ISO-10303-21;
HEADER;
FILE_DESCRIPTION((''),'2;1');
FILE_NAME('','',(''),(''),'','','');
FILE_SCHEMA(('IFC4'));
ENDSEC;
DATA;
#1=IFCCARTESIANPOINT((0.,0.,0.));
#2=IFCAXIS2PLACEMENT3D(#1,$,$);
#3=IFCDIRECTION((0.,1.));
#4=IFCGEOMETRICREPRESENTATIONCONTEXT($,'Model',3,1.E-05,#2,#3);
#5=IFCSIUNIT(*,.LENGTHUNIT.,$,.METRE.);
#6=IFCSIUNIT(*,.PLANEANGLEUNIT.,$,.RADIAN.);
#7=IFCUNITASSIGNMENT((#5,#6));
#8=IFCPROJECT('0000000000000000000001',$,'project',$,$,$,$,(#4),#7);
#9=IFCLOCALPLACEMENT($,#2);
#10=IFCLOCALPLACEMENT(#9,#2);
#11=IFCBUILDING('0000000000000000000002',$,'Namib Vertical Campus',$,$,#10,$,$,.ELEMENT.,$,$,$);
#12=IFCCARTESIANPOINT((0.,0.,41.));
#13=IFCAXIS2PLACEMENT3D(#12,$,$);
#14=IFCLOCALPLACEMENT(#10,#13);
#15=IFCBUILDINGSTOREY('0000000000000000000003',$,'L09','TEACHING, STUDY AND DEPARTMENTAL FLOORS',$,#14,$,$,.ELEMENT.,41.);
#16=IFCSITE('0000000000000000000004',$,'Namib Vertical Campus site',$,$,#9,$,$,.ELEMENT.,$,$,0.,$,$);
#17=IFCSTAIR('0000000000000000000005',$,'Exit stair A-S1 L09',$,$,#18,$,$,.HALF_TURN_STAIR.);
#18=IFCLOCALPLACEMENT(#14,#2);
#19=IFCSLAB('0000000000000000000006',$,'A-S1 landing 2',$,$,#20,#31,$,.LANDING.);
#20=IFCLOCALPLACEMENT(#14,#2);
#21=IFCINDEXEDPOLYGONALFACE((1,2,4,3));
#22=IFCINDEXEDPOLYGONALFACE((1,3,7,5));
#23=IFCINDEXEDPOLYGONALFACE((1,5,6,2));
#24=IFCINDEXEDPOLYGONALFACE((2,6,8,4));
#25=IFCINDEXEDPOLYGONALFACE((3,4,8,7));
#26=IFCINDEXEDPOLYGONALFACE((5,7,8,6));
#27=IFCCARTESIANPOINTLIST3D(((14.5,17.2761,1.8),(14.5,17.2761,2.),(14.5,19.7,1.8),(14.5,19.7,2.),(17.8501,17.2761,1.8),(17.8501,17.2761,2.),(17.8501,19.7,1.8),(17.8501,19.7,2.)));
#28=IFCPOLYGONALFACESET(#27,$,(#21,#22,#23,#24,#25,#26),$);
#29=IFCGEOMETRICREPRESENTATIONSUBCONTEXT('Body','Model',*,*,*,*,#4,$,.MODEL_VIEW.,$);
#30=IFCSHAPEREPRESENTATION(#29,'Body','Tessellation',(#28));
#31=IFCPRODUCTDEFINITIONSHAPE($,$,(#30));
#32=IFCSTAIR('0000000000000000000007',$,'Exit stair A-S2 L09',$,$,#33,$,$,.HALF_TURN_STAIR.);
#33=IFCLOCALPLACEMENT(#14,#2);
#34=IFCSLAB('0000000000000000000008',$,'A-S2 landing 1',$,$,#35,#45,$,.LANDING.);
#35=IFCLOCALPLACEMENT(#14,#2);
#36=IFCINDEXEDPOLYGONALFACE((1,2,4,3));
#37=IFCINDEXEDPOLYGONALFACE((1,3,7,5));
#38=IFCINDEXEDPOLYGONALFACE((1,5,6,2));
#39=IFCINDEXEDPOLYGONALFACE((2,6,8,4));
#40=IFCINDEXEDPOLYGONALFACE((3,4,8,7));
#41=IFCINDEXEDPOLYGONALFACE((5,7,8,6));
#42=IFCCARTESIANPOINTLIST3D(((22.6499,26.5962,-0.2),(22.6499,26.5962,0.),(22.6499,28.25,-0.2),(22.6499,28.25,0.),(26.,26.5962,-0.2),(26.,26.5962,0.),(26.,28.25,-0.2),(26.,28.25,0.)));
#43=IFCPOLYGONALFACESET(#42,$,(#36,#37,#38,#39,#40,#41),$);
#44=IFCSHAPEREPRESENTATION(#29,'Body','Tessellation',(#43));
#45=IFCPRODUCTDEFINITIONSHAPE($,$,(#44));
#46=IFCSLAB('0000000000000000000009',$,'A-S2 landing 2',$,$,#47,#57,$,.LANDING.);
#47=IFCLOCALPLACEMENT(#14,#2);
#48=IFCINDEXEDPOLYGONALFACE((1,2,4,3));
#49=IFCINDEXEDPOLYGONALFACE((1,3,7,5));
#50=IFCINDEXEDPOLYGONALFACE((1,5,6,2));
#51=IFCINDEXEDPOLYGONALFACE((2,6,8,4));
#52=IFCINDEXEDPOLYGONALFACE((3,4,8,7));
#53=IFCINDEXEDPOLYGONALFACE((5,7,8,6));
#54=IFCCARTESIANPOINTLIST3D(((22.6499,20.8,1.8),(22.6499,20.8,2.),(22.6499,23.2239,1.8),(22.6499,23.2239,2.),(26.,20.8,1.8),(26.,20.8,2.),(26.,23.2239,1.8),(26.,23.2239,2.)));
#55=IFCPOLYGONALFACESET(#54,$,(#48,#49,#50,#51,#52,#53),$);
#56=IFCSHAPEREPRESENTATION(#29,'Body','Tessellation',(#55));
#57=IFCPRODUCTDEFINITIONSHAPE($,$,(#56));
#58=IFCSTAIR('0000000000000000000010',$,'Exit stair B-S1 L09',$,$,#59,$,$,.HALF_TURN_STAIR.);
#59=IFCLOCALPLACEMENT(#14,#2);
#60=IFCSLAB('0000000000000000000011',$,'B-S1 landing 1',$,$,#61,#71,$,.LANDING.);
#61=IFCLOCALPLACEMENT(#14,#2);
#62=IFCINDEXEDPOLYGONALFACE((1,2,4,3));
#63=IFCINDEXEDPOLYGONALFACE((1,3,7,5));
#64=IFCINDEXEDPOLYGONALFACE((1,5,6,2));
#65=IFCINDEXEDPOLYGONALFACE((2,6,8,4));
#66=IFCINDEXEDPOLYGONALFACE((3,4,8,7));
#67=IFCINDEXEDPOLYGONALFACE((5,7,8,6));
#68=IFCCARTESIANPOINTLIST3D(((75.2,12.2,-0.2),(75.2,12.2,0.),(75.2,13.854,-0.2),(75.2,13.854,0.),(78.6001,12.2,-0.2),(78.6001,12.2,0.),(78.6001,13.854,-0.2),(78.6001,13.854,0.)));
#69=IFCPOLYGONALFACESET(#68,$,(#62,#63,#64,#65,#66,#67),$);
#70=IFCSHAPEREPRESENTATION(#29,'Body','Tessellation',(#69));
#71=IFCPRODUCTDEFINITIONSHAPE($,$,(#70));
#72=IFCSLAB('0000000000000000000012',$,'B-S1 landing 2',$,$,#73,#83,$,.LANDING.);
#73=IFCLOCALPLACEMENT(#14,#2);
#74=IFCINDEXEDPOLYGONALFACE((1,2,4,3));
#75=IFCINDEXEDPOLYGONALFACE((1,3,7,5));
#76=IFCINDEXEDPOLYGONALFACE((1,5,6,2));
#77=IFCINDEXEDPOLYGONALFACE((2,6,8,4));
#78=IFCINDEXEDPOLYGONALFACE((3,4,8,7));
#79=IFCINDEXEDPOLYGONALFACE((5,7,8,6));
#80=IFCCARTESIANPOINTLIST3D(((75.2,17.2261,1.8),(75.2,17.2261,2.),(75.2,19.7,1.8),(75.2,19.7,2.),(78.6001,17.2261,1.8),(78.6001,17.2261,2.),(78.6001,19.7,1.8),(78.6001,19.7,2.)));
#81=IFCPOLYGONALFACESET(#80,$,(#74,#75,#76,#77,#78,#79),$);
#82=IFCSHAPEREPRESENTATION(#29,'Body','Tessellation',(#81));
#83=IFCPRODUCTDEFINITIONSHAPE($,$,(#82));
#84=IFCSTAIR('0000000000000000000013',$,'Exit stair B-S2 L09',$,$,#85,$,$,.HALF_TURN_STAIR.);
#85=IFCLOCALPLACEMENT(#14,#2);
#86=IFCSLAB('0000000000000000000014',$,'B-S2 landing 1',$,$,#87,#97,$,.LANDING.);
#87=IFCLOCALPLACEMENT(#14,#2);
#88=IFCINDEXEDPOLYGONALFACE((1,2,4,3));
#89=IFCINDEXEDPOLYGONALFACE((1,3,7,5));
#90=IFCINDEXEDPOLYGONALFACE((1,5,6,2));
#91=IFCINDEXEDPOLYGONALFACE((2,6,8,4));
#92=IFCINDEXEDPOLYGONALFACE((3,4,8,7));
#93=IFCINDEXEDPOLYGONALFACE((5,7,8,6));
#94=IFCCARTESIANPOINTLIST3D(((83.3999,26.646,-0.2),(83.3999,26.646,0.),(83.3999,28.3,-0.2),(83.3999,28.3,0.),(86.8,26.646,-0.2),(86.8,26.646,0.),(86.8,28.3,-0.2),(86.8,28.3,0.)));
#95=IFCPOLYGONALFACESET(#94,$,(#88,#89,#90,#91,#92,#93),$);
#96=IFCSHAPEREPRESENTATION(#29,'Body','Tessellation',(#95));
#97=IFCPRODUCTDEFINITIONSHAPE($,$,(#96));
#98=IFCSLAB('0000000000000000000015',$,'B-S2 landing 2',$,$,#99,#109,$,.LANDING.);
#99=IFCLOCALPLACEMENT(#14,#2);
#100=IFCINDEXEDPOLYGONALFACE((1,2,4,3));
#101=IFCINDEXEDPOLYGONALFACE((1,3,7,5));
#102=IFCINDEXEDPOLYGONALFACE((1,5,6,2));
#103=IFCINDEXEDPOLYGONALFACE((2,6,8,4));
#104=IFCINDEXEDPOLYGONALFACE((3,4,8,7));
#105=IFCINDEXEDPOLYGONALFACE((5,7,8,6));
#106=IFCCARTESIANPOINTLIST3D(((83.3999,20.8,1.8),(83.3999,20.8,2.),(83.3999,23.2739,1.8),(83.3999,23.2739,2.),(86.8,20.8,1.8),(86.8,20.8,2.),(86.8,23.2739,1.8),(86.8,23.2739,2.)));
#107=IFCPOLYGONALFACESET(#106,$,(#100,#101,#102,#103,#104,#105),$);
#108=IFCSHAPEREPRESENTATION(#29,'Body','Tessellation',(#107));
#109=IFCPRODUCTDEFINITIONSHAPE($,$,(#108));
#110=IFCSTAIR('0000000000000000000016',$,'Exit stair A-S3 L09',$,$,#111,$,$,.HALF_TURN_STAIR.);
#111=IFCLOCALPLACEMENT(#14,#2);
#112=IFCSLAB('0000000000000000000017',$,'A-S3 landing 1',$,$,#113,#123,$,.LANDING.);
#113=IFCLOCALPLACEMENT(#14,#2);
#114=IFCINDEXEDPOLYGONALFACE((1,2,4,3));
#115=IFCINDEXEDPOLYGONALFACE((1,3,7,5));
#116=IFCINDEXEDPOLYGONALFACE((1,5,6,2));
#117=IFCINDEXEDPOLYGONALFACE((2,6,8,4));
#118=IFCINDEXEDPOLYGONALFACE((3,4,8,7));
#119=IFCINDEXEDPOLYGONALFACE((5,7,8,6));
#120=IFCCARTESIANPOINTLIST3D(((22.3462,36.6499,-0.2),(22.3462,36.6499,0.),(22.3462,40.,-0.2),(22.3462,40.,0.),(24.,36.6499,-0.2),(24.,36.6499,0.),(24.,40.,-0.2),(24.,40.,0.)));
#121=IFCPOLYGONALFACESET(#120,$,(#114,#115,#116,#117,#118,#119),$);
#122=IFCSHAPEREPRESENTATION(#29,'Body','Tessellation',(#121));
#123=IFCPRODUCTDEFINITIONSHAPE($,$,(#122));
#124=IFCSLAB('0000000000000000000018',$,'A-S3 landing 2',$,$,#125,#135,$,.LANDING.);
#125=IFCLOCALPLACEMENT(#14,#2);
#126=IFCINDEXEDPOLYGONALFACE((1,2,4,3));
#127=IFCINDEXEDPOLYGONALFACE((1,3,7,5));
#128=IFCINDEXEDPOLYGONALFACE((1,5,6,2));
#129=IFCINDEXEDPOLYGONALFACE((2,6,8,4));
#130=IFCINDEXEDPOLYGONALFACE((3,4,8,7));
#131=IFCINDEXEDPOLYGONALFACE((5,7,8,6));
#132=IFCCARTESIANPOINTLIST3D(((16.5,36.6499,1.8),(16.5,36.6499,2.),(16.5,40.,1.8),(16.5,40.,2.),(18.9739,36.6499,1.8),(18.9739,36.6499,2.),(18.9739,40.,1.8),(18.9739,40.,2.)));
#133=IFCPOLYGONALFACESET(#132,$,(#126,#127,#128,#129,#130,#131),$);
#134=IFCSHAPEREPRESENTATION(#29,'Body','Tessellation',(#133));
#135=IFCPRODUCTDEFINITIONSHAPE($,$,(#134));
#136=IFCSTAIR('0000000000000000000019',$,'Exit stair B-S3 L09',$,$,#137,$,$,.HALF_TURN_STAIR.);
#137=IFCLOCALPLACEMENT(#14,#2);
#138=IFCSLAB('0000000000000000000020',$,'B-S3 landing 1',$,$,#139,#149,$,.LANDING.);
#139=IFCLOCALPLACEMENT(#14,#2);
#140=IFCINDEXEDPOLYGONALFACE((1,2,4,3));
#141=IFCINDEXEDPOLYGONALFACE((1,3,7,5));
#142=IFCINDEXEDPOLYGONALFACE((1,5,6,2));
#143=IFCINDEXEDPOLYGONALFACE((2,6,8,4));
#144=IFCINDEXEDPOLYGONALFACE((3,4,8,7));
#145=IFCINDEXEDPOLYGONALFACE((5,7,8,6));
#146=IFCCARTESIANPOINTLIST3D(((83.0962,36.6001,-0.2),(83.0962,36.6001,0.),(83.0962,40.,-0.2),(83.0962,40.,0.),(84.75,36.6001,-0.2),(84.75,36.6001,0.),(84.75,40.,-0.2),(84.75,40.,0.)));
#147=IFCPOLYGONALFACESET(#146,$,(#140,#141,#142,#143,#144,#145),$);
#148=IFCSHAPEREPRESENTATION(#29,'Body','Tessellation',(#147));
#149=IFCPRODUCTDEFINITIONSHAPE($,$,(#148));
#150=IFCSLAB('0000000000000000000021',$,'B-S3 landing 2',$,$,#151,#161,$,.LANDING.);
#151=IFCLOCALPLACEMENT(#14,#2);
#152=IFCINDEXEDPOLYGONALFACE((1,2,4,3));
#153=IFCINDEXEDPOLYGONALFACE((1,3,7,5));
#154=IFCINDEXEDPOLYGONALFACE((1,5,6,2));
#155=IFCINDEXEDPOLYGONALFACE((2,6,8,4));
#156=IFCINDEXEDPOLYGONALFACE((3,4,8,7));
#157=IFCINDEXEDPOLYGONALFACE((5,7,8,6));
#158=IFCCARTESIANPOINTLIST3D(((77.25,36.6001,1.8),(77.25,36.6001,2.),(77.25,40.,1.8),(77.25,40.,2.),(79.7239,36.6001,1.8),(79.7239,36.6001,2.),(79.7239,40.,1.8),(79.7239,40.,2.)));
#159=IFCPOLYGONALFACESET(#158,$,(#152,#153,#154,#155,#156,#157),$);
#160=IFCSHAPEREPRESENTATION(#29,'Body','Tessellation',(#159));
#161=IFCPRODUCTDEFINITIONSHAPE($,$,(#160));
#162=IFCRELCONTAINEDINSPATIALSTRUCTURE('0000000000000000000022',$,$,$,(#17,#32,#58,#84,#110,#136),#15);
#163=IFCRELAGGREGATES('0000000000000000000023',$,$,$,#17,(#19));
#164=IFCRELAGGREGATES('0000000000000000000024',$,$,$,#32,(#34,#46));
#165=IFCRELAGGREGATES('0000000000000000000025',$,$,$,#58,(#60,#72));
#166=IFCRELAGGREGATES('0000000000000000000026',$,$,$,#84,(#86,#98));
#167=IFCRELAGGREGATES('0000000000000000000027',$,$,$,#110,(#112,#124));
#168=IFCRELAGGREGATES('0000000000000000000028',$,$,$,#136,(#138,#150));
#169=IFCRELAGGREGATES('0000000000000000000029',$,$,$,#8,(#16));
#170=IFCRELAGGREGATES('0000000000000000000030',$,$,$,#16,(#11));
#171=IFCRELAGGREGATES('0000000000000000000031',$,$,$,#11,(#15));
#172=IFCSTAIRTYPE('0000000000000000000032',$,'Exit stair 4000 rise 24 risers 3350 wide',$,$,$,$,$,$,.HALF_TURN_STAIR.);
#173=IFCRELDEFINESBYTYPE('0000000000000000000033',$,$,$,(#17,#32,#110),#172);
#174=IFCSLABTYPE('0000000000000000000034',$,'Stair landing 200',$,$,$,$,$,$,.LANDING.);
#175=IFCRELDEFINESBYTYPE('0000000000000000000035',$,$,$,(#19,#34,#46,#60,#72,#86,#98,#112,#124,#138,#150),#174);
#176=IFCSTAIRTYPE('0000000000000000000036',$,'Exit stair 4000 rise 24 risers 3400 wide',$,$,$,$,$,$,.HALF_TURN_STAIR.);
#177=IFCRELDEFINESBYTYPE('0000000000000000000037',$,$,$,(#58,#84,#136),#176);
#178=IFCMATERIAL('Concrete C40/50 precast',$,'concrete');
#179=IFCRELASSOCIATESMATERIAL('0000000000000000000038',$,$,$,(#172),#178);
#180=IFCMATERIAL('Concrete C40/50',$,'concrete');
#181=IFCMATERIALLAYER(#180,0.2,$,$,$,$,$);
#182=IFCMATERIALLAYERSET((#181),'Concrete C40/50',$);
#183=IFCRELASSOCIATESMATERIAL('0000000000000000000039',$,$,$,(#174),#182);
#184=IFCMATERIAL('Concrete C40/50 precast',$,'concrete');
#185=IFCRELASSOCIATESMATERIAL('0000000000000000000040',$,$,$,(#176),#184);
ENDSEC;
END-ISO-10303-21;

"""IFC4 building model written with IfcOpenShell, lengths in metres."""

from ifc_helpers import new_model, si_unit, direction, frame, origin, place, context, subcontext, project, spatial, polyline, outline, extrude, material, layer, layer_set, type_object, element, aggregate, save


model = new_model("IFC4")

# Units and contexts
model_context = context("Model", 3, precision=1e-05, world=origin(), true_north=direction((0.0, 1.0)))
body_context = subcontext(model_context, "Body", "Model", "MODEL_VIEW")
ifc_project = project(units=[si_unit("LENGTHUNIT", "METRE"), si_unit("PLANEANGLEUNIT", "RADIAN")], contexts=[model_context])

# Site, building, storey
site_placement = place(None, origin())
site = spatial("IfcSite", under=ifc_project, at=site_placement, Name="Namib Vertical Campus site", CompositionType="ELEMENT", RefElevation=0.0)
building_placement = place(site_placement, origin())
building = spatial("IfcBuilding", under=site, at=building_placement, Name="Namib Vertical Campus", CompositionType="ELEMENT")
storey_placement = place(building_placement, frame((0.0, 0.0, 41.0)))
storey = spatial("IfcBuildingStorey", under=building, at=storey_placement, Name="L09", Description="TEACHING, STUDY AND DEPARTMENTAL FLOORS", CompositionType="ELEMENT", Elevation=41.0)

# Stairs, slabs
ifc_material_1 = material(Name="Concrete C40/50 precast", Category="concrete")
stair_type_1 = type_object("IfcStairType", Name="Exit stair 4000 rise 24 risers 3350 wide", PredefinedType="HALF_TURN_STAIR", material=ifc_material_1)
stair_1_placement = place(storey_placement, origin())
stair_1 = element("IfcStair", 1, at=stair_1_placement, inside=storey, type_object=stair_type_1, Name="Exit stair A-S1 L09", PredefinedType="HALF_TURN_STAIR")
ifc_material_2 = material(Name="Concrete C40/50", Category="concrete")
ifc_layer_1 = layer(ifc_material_2, 0.2)
ifc_layer_set_1 = layer_set([ifc_layer_1], Name="Concrete C40/50")
slab_type_1 = type_object("IfcSlabType", Name="Stair landing 200", PredefinedType="LANDING", material=ifc_layer_set_1)
slab_1_placement = place(storey_placement, frame((0.0, 0.0, 1.8)))
slab_1 = element("IfcSlab", 2, at=slab_1_placement, type_object=slab_type_1, Name="A-S1 landing 2", PredefinedType="LANDING", context=body_context, shape_type="SweptSolid", body=[
    extrude(outline(polyline([(14.5, 17.2761), (17.8501, 17.2761), (17.8501, 19.7), (14.5, 19.7), (14.5, 17.2761)])), origin(), (0.0, 0.0, 1.0), 0.2),
])
aggregate(stair_1, [slab_1])
stair_2_placement = place(storey_placement, origin())
stair_2 = element("IfcStair", 3, at=stair_2_placement, inside=storey, type_object=stair_type_1, Name="Exit stair A-S2 L09", PredefinedType="HALF_TURN_STAIR")
slab_2_placement = place(storey_placement, frame((0.0, 0.0, -0.2)))
slab_2 = element("IfcSlab", 4, at=slab_2_placement, type_object=slab_type_1, Name="A-S2 landing 1", PredefinedType="LANDING", context=body_context, shape_type="SweptSolid", body=[
    extrude(outline(polyline([(22.6499, 26.5962), (26.0, 26.5962), (26.0, 28.25), (22.6499, 28.25), (22.6499, 26.5962)])), origin(), (0.0, 0.0, 1.0), 0.2),
])
slab_3_placement = place(storey_placement, frame((0.0, 0.0, 1.8)))
slab_3 = element("IfcSlab", 5, at=slab_3_placement, type_object=slab_type_1, Name="A-S2 landing 2", PredefinedType="LANDING", context=body_context, shape_type="SweptSolid", body=[
    extrude(outline(polyline([(22.6499, 20.8), (26.0, 20.8), (26.0, 23.2239), (22.6499, 23.2239), (22.6499, 20.8)])), origin(), (0.0, 0.0, 1.0), 0.2),
])
aggregate(stair_2, [slab_2, slab_3])
ifc_material_3 = material(Name="Concrete C40/50 precast", Category="concrete")
stair_type_2 = type_object("IfcStairType", Name="Exit stair 4000 rise 24 risers 3400 wide", PredefinedType="HALF_TURN_STAIR", material=ifc_material_3)
stair_3_placement = place(storey_placement, origin())
stair_3 = element("IfcStair", 6, at=stair_3_placement, inside=storey, type_object=stair_type_2, Name="Exit stair B-S1 L09", PredefinedType="HALF_TURN_STAIR")
slab_4_placement = place(storey_placement, frame((0.0, 0.0, -0.2)))
slab_4 = element("IfcSlab", 7, at=slab_4_placement, type_object=slab_type_1, Name="B-S1 landing 1", PredefinedType="LANDING", context=body_context, shape_type="SweptSolid", body=[
    extrude(outline(polyline([(75.2, 12.2), (78.6001, 12.2), (78.6001, 13.854), (75.2, 13.854), (75.2, 12.2)])), origin(), (0.0, 0.0, 1.0), 0.2),
])
slab_5_placement = place(storey_placement, frame((0.0, 0.0, 1.8)))
slab_5 = element("IfcSlab", 8, at=slab_5_placement, type_object=slab_type_1, Name="B-S1 landing 2", PredefinedType="LANDING", context=body_context, shape_type="SweptSolid", body=[
    extrude(outline(polyline([(75.2, 17.2261), (78.6001, 17.2261), (78.6001, 19.7), (75.2, 19.7), (75.2, 17.2261)])), origin(), (0.0, 0.0, 1.0), 0.2),
])
aggregate(stair_3, [slab_4, slab_5])
stair_4_placement = place(storey_placement, origin())
stair_4 = element("IfcStair", 9, at=stair_4_placement, inside=storey, type_object=stair_type_2, Name="Exit stair B-S2 L09", PredefinedType="HALF_TURN_STAIR")
slab_6_placement = place(storey_placement, frame((0.0, 0.0, -0.2)))
slab_6 = element("IfcSlab", 10, at=slab_6_placement, type_object=slab_type_1, Name="B-S2 landing 1", PredefinedType="LANDING", context=body_context, shape_type="SweptSolid", body=[
    extrude(outline(polyline([(83.3999, 26.646), (86.8, 26.646), (86.8, 28.3), (83.3999, 28.3), (83.3999, 26.646)])), origin(), (0.0, 0.0, 1.0), 0.2),
])
slab_7_placement = place(storey_placement, frame((0.0, 0.0, 1.8)))
slab_7 = element("IfcSlab", 11, at=slab_7_placement, type_object=slab_type_1, Name="B-S2 landing 2", PredefinedType="LANDING", context=body_context, shape_type="SweptSolid", body=[
    extrude(outline(polyline([(83.3999, 20.8), (86.8, 20.8), (86.8, 23.2739), (83.3999, 23.2739), (83.3999, 20.8)])), origin(), (0.0, 0.0, 1.0), 0.2),
])
aggregate(stair_4, [slab_6, slab_7])
stair_5_placement = place(storey_placement, origin())
stair_5 = element("IfcStair", 12, at=stair_5_placement, inside=storey, type_object=stair_type_1, Name="Exit stair A-S3 L09", PredefinedType="HALF_TURN_STAIR")
slab_8_placement = place(storey_placement, frame((0.0, 0.0, -0.2)))
slab_8 = element("IfcSlab", 13, at=slab_8_placement, type_object=slab_type_1, Name="A-S3 landing 1", PredefinedType="LANDING", context=body_context, shape_type="SweptSolid", body=[
    extrude(outline(polyline([(22.3462, 36.6499), (22.3462, 40.0), (24.0, 40.0), (24.0, 36.6499), (22.3462, 36.6499)])), origin(), (0.0, 0.0, 1.0), 0.2),
])
slab_9_placement = place(storey_placement, frame((0.0, 0.0, 1.8)))
slab_9 = element("IfcSlab", 14, at=slab_9_placement, type_object=slab_type_1, Name="A-S3 landing 2", PredefinedType="LANDING", context=body_context, shape_type="SweptSolid", body=[
    extrude(outline(polyline([(16.5, 36.6499), (16.5, 40.0), (18.9739, 40.0), (18.9739, 36.6499), (16.5, 36.6499)])), origin(), (0.0, 0.0, 1.0), 0.2),
])
aggregate(stair_5, [slab_8, slab_9])
stair_6_placement = place(storey_placement, origin())
stair_6 = element("IfcStair", 15, at=stair_6_placement, inside=storey, type_object=stair_type_2, Name="Exit stair B-S3 L09", PredefinedType="HALF_TURN_STAIR")
slab_10_placement = place(storey_placement, frame((0.0, 0.0, -0.2)))
slab_10 = element("IfcSlab", 16, at=slab_10_placement, type_object=slab_type_1, Name="B-S3 landing 1", PredefinedType="LANDING", context=body_context, shape_type="SweptSolid", body=[
    extrude(outline(polyline([(83.0962, 36.6001), (83.0962, 40.0), (84.75, 40.0), (84.75, 36.6001), (83.0962, 36.6001)])), origin(), (0.0, 0.0, 1.0), 0.2),
])
slab_11_placement = place(storey_placement, frame((0.0, 0.0, 1.8)))
slab_11 = element("IfcSlab", 17, at=slab_11_placement, type_object=slab_type_1, Name="B-S3 landing 2", PredefinedType="LANDING", context=body_context, shape_type="SweptSolid", body=[
    extrude(outline(polyline([(77.25, 36.6001), (77.25, 40.0), (79.7239, 40.0), (79.7239, 36.6001), (77.25, 36.6001)])), origin(), (0.0, 0.0, 1.0), 0.2),
])
aggregate(stair_6, [slab_10, slab_11])

save(model, "model.ifc")
